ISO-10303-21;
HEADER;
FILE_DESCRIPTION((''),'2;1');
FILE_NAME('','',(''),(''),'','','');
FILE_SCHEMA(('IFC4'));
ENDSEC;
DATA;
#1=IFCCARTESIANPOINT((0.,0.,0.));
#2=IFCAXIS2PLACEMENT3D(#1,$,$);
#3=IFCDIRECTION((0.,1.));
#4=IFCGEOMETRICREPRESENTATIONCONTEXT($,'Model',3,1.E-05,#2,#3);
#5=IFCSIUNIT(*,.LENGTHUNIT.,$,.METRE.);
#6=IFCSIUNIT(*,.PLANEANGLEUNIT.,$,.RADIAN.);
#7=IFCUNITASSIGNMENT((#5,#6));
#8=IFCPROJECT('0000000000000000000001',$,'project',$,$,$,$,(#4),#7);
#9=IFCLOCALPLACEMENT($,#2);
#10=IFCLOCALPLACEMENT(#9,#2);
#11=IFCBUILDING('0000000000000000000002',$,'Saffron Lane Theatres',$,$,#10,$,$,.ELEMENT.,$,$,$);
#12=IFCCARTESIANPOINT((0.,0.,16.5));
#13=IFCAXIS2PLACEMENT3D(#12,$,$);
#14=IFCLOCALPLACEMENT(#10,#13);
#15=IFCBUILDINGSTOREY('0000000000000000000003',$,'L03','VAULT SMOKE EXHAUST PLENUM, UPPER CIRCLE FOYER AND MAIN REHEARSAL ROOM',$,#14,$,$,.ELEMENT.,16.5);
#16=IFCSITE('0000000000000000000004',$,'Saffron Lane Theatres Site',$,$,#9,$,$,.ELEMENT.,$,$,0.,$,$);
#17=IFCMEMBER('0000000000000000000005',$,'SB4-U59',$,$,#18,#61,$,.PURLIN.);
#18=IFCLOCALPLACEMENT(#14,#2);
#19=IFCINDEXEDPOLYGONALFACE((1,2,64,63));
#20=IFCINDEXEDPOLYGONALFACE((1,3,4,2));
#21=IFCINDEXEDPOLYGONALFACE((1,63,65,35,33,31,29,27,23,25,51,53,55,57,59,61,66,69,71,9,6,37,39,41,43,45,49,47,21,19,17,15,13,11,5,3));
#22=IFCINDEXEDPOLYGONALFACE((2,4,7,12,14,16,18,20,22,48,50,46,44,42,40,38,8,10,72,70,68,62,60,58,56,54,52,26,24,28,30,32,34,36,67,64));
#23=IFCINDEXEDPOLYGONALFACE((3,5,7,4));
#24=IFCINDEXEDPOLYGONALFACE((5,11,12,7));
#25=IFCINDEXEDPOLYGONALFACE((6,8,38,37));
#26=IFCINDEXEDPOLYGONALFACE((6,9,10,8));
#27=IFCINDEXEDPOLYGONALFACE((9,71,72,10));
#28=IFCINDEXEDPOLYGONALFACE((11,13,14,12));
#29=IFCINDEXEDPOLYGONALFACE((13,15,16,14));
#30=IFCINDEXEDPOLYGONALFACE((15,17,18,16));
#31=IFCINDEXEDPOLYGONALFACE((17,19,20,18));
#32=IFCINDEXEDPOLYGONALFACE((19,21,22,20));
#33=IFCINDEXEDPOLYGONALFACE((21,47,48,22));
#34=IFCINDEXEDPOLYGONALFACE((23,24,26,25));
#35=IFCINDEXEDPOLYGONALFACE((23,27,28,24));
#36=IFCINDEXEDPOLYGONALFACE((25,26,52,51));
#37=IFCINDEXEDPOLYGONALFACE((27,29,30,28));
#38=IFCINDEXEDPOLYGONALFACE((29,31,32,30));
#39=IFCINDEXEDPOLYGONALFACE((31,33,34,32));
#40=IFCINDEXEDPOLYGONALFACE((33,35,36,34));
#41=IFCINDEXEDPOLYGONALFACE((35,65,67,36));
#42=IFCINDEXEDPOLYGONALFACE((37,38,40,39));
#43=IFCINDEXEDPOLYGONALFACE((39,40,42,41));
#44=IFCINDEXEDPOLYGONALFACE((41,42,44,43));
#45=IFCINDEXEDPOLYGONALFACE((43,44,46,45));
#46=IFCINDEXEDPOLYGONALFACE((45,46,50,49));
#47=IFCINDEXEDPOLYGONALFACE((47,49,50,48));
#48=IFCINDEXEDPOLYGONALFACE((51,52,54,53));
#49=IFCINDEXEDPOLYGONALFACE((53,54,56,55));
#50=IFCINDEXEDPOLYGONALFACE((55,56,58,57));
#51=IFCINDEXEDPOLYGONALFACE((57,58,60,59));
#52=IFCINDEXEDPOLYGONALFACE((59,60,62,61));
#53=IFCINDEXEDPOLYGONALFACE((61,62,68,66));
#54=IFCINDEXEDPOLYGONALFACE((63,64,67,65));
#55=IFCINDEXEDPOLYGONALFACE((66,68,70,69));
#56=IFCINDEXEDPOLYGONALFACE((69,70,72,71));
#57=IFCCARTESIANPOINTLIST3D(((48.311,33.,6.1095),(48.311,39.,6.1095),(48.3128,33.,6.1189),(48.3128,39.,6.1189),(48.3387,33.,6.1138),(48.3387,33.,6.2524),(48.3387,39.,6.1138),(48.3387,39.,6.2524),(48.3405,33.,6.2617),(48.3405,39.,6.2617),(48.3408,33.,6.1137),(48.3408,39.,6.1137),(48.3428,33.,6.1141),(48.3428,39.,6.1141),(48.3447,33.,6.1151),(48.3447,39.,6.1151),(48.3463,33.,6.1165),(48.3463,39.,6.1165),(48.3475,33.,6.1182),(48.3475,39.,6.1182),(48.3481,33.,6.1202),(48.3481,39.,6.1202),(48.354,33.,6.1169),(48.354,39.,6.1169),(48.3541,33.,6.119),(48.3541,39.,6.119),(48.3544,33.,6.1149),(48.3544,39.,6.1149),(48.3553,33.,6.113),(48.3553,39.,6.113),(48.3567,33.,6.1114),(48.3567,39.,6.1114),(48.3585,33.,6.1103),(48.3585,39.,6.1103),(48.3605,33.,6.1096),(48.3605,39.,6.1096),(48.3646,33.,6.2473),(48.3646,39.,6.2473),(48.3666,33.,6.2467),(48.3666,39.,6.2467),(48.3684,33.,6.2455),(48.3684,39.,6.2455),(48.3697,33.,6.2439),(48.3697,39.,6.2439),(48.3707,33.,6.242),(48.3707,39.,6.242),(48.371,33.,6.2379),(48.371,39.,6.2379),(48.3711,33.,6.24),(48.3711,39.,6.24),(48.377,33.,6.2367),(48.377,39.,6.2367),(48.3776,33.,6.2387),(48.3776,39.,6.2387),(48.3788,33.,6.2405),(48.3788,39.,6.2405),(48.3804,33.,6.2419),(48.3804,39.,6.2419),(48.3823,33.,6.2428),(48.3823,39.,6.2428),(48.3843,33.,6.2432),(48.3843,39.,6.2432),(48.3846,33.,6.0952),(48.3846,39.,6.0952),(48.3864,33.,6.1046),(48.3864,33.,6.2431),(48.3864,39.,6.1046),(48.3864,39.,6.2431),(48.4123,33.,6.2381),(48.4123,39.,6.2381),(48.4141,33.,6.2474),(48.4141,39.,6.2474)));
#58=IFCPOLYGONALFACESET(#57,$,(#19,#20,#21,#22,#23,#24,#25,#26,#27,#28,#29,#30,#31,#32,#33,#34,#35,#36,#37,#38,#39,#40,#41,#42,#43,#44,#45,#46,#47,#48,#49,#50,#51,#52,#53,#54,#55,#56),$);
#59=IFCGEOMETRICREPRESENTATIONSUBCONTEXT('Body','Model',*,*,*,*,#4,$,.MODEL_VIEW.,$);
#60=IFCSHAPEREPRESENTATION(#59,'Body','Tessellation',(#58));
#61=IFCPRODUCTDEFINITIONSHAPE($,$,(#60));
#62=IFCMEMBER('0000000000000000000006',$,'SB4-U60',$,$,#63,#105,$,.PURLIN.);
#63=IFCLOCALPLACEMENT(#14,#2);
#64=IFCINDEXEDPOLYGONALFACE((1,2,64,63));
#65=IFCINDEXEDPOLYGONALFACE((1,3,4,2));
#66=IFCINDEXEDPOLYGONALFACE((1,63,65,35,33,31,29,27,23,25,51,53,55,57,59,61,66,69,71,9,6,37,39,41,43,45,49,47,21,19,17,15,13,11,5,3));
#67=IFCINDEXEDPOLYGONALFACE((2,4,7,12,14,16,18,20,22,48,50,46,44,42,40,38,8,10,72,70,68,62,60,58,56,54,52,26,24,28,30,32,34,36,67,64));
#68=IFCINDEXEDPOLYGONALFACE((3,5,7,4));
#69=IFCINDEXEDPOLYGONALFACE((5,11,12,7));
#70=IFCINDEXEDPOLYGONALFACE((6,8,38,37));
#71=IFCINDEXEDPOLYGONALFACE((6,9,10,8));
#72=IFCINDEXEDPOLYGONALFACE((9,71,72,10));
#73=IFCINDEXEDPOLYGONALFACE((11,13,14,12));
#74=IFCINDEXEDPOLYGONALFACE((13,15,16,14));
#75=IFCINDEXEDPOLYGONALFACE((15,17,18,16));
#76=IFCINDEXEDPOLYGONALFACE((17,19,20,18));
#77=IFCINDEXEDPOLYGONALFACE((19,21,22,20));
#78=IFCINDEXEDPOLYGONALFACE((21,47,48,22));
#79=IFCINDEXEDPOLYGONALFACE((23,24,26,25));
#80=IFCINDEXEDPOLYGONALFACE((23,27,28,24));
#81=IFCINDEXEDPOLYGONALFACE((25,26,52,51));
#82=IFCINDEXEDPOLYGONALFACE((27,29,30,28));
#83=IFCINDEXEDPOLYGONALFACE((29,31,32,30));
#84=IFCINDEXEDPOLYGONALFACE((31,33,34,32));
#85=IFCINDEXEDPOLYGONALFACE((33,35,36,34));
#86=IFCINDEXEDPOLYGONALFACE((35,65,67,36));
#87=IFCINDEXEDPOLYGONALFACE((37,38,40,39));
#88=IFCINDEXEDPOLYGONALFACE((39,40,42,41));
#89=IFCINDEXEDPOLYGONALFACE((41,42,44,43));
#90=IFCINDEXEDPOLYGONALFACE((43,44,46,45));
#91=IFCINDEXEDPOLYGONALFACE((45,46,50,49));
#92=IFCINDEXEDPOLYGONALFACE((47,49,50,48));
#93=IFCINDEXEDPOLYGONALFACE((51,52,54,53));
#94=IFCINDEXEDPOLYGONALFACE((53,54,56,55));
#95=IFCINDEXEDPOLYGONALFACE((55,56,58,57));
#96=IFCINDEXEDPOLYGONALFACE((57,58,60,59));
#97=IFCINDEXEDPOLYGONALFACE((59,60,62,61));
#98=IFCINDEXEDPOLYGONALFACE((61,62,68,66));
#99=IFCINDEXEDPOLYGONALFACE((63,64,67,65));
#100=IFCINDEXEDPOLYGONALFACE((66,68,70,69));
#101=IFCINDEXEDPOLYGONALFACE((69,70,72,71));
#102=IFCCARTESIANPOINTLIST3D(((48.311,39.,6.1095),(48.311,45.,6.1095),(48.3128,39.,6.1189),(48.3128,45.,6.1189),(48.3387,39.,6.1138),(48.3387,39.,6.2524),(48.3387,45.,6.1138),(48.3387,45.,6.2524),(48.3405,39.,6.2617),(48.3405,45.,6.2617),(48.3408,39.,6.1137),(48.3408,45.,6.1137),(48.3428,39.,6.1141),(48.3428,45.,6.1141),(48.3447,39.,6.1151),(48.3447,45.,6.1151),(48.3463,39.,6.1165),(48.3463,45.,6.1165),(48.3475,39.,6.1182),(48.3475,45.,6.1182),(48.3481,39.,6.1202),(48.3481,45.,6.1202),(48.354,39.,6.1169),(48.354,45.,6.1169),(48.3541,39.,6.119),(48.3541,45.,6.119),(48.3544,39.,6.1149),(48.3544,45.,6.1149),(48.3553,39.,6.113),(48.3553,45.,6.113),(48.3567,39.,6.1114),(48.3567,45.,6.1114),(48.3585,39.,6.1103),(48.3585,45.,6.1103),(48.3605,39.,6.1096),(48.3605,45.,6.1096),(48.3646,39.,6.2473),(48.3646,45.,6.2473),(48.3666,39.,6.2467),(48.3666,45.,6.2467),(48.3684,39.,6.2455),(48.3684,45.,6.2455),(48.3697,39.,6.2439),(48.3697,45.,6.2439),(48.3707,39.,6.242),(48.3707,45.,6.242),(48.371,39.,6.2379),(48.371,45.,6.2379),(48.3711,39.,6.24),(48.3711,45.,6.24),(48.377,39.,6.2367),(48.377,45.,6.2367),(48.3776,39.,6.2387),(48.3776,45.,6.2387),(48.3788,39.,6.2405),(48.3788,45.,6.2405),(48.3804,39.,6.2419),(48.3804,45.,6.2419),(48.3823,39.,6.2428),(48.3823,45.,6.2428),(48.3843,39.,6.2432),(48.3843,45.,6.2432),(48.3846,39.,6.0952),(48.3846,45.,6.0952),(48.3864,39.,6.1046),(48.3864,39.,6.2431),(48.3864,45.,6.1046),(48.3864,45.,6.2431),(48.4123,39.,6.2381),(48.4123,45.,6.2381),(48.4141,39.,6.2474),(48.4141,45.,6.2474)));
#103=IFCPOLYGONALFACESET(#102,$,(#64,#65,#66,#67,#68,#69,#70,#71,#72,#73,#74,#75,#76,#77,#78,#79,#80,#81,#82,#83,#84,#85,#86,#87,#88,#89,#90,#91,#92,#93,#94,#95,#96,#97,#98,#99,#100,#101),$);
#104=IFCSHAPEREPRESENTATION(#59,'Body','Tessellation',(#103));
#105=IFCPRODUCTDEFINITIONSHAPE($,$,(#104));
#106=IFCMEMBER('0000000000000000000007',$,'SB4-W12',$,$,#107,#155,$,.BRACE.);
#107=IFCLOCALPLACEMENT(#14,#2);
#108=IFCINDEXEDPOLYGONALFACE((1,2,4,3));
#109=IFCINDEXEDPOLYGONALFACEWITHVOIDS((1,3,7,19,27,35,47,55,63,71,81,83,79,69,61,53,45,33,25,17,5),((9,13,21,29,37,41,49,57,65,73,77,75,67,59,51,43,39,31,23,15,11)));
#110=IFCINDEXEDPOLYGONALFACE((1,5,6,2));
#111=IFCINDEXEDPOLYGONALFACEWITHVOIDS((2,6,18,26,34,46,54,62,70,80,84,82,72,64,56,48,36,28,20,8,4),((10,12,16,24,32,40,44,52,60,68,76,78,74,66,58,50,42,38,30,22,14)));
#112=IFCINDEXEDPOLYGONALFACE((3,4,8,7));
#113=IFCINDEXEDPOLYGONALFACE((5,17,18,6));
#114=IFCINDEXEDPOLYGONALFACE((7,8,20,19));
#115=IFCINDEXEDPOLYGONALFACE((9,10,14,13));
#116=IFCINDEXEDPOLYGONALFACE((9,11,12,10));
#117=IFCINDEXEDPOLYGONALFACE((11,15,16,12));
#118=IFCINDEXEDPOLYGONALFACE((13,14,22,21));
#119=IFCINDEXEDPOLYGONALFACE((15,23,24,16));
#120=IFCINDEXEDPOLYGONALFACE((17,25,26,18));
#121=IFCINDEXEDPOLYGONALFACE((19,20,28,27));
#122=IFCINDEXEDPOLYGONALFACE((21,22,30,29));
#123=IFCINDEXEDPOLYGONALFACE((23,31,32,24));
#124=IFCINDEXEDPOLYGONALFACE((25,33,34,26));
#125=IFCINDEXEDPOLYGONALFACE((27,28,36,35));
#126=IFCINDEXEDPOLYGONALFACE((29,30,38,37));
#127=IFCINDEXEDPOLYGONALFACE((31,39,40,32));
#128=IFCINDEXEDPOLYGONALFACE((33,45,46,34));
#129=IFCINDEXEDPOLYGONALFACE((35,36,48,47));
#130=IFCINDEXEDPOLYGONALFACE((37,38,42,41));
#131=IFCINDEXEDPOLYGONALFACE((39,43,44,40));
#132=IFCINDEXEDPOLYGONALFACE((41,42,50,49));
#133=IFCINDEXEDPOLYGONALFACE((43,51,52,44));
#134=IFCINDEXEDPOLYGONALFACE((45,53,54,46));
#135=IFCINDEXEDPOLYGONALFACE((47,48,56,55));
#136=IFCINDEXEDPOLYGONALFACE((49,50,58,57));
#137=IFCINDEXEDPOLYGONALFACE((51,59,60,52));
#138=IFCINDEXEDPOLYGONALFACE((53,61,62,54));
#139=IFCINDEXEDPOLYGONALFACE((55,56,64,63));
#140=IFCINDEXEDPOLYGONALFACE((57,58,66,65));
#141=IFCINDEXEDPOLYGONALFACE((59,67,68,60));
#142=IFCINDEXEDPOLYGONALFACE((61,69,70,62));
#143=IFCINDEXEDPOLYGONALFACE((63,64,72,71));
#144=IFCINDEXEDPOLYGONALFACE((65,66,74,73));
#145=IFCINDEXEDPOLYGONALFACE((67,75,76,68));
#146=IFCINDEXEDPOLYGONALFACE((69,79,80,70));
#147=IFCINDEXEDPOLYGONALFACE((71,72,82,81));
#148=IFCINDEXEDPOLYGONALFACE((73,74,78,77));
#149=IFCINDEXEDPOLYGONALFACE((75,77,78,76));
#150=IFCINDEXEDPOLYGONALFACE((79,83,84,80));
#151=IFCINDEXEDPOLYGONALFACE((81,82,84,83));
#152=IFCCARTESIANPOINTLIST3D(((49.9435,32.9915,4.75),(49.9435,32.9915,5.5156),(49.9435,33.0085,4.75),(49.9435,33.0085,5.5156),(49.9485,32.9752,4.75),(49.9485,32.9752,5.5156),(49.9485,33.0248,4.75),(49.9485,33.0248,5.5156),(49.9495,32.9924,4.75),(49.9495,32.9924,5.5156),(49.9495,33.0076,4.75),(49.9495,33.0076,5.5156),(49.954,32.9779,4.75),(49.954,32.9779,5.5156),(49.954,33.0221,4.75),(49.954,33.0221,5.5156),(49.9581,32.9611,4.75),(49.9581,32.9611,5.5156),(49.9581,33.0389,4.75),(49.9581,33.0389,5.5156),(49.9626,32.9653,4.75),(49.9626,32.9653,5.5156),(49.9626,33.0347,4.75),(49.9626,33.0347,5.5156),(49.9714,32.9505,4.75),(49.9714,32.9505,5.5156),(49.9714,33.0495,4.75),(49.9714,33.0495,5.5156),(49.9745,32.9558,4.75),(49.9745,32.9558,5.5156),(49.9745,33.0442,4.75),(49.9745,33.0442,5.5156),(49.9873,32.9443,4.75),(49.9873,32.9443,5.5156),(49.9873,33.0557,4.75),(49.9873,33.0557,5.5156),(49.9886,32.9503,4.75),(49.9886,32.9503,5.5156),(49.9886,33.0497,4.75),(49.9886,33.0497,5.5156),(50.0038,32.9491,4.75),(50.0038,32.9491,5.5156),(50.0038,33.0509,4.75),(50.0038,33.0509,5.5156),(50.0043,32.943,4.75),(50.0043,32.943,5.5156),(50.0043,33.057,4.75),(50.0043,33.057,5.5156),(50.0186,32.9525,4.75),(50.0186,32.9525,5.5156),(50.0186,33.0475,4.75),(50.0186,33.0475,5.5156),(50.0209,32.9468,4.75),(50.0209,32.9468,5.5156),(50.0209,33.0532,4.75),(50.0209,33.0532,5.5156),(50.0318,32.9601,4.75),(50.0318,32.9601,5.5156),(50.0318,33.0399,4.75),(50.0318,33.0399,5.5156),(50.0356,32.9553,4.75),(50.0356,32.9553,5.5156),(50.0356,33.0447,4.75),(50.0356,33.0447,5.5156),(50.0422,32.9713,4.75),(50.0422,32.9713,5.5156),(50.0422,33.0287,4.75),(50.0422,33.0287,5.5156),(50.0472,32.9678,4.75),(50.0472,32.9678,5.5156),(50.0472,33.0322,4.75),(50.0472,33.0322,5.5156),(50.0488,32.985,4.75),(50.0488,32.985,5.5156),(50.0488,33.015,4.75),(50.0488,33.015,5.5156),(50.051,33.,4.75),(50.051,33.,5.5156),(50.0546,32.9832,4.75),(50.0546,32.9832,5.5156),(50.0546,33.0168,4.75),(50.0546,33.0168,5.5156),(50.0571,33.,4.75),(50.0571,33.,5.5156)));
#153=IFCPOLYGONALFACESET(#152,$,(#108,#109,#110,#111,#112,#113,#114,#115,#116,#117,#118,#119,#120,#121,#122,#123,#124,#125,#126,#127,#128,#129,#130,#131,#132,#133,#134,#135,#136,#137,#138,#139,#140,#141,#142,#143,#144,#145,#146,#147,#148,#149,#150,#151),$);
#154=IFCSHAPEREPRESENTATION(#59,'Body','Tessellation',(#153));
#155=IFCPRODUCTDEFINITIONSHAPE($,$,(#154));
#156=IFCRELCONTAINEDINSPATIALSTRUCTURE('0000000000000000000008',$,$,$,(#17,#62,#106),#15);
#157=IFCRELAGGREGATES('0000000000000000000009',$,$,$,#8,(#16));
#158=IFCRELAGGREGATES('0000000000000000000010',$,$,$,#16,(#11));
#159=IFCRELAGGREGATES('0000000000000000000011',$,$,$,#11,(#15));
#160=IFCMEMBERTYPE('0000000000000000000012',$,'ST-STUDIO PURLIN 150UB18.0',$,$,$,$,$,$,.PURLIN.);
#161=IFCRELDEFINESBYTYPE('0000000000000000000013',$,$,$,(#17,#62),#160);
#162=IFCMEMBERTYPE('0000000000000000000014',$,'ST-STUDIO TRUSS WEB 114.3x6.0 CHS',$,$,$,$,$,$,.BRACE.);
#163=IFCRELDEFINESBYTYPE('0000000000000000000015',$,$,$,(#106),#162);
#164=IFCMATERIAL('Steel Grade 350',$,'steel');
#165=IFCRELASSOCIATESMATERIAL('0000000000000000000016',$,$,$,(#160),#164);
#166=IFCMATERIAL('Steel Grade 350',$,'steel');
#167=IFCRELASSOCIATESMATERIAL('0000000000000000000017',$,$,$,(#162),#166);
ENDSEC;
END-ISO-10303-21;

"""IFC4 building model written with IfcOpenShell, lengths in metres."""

from ifc_helpers import new_model, si_unit, direction, frame, origin, origin_2d, place, context, subcontext, project, spatial, hollow_circle, i_section, extrude, material, material_profile, profile_set, type_object, element, save


model = new_model("IFC4")

# Units and contexts
model_context = context("Model", 3, precision=1e-05, world=origin(), true_north=direction((0.0, 1.0)))
body_context = subcontext(model_context, "Body", "Model", "MODEL_VIEW")
ifc_project = project(units=[si_unit("LENGTHUNIT", "METRE"), si_unit("PLANEANGLEUNIT", "RADIAN")], contexts=[model_context])

# Site, building, storey
site_placement = place(None, origin())
site = spatial("IfcSite", under=ifc_project, at=site_placement, Name="Saffron Lane Theatres Site", CompositionType="ELEMENT", RefElevation=0.0)
building_placement = place(site_placement, origin())
building = spatial("IfcBuilding", under=site, at=building_placement, Name="Saffron Lane Theatres", CompositionType="ELEMENT")
storey_placement = place(building_placement, frame((0.0, 0.0, 16.5)))
storey = spatial("IfcBuildingStorey", under=building, at=storey_placement, Name="L03", Description="VAULT SMOKE EXHAUST PLENUM, UPPER CIRCLE FOYER AND MAIN REHEARSAL ROOM", CompositionType="ELEMENT", Elevation=16.5)

# Members
ifc_material_1 = material(Name="Steel Grade 350", Category="steel")
ifc_material_profile_1 = material_profile(ifc_material_1, i_section(OverallWidth=0.075, OverallDepth=0.155, WebThickness=0.0061, FlangeThickness=0.0095, FilletRadius=0.0081, at=origin_2d()))
ifc_profile_set_1 = profile_set([ifc_material_profile_1], Name="Steel Grade 350")
member_type_1 = type_object("IfcMemberType", Name="ST-STUDIO PURLIN 150UB18.0", PredefinedType="PURLIN", material=ifc_profile_set_1)
for number, where, z_axis, x_axis, name in (
    (1, (48.3625, 33.0, 6.1785), (0.0, 1.0, 0.0), (-0.981661, 0.0, 0.190637), "SB4-U59"),
    (2, (48.3625, 39.0, 6.1785), (0.0, 1.0, 0.0), (-0.981661, 0.0, 0.190637), "SB4-U60"),
):
    element("IfcMember", number, at=place(storey_placement, frame(where, z_axis=z_axis, x_axis=x_axis)), inside=storey, type_object=member_type_1, Name=name, PredefinedType="PURLIN", context=body_context, shape_type="SweptSolid", body=[
        extrude(i_section(OverallWidth=0.075, OverallDepth=0.155, WebThickness=0.0061, FlangeThickness=0.0095, FilletRadius=0.0081, at=origin_2d()), origin(), (0.0, 0.0, 1.0), 6.0),
    ])
ifc_material_2 = material(Name="Steel Grade 350", Category="steel")
ifc_material_profile_2 = material_profile(ifc_material_2, hollow_circle(Radius=0.0571, WallThickness=0.0061, at=origin_2d()))
ifc_profile_set_2 = profile_set([ifc_material_profile_2], Name="Steel Grade 350")
member_type_2 = type_object("IfcMemberType", Name="ST-STUDIO TRUSS WEB 114.3x6.0 CHS", PredefinedType="BRACE", material=ifc_profile_set_2)
member_1_placement = place(storey_placement, frame((50.0, 33.0, 4.75), z_axis=(0.0, 0.0, 1.0), x_axis=(1.0, 0.0, 0.0)))
element("IfcMember", 3, at=member_1_placement, inside=storey, type_object=member_type_2, Name="SB4-W12", PredefinedType="BRACE", context=body_context, shape_type="SweptSolid", body=[
    extrude(hollow_circle(Radius=0.0571, WallThickness=0.0061, at=origin_2d()), origin(), (0.0, 0.0, 1.0), 0.7656),
])

save(model, "model.ifc")
